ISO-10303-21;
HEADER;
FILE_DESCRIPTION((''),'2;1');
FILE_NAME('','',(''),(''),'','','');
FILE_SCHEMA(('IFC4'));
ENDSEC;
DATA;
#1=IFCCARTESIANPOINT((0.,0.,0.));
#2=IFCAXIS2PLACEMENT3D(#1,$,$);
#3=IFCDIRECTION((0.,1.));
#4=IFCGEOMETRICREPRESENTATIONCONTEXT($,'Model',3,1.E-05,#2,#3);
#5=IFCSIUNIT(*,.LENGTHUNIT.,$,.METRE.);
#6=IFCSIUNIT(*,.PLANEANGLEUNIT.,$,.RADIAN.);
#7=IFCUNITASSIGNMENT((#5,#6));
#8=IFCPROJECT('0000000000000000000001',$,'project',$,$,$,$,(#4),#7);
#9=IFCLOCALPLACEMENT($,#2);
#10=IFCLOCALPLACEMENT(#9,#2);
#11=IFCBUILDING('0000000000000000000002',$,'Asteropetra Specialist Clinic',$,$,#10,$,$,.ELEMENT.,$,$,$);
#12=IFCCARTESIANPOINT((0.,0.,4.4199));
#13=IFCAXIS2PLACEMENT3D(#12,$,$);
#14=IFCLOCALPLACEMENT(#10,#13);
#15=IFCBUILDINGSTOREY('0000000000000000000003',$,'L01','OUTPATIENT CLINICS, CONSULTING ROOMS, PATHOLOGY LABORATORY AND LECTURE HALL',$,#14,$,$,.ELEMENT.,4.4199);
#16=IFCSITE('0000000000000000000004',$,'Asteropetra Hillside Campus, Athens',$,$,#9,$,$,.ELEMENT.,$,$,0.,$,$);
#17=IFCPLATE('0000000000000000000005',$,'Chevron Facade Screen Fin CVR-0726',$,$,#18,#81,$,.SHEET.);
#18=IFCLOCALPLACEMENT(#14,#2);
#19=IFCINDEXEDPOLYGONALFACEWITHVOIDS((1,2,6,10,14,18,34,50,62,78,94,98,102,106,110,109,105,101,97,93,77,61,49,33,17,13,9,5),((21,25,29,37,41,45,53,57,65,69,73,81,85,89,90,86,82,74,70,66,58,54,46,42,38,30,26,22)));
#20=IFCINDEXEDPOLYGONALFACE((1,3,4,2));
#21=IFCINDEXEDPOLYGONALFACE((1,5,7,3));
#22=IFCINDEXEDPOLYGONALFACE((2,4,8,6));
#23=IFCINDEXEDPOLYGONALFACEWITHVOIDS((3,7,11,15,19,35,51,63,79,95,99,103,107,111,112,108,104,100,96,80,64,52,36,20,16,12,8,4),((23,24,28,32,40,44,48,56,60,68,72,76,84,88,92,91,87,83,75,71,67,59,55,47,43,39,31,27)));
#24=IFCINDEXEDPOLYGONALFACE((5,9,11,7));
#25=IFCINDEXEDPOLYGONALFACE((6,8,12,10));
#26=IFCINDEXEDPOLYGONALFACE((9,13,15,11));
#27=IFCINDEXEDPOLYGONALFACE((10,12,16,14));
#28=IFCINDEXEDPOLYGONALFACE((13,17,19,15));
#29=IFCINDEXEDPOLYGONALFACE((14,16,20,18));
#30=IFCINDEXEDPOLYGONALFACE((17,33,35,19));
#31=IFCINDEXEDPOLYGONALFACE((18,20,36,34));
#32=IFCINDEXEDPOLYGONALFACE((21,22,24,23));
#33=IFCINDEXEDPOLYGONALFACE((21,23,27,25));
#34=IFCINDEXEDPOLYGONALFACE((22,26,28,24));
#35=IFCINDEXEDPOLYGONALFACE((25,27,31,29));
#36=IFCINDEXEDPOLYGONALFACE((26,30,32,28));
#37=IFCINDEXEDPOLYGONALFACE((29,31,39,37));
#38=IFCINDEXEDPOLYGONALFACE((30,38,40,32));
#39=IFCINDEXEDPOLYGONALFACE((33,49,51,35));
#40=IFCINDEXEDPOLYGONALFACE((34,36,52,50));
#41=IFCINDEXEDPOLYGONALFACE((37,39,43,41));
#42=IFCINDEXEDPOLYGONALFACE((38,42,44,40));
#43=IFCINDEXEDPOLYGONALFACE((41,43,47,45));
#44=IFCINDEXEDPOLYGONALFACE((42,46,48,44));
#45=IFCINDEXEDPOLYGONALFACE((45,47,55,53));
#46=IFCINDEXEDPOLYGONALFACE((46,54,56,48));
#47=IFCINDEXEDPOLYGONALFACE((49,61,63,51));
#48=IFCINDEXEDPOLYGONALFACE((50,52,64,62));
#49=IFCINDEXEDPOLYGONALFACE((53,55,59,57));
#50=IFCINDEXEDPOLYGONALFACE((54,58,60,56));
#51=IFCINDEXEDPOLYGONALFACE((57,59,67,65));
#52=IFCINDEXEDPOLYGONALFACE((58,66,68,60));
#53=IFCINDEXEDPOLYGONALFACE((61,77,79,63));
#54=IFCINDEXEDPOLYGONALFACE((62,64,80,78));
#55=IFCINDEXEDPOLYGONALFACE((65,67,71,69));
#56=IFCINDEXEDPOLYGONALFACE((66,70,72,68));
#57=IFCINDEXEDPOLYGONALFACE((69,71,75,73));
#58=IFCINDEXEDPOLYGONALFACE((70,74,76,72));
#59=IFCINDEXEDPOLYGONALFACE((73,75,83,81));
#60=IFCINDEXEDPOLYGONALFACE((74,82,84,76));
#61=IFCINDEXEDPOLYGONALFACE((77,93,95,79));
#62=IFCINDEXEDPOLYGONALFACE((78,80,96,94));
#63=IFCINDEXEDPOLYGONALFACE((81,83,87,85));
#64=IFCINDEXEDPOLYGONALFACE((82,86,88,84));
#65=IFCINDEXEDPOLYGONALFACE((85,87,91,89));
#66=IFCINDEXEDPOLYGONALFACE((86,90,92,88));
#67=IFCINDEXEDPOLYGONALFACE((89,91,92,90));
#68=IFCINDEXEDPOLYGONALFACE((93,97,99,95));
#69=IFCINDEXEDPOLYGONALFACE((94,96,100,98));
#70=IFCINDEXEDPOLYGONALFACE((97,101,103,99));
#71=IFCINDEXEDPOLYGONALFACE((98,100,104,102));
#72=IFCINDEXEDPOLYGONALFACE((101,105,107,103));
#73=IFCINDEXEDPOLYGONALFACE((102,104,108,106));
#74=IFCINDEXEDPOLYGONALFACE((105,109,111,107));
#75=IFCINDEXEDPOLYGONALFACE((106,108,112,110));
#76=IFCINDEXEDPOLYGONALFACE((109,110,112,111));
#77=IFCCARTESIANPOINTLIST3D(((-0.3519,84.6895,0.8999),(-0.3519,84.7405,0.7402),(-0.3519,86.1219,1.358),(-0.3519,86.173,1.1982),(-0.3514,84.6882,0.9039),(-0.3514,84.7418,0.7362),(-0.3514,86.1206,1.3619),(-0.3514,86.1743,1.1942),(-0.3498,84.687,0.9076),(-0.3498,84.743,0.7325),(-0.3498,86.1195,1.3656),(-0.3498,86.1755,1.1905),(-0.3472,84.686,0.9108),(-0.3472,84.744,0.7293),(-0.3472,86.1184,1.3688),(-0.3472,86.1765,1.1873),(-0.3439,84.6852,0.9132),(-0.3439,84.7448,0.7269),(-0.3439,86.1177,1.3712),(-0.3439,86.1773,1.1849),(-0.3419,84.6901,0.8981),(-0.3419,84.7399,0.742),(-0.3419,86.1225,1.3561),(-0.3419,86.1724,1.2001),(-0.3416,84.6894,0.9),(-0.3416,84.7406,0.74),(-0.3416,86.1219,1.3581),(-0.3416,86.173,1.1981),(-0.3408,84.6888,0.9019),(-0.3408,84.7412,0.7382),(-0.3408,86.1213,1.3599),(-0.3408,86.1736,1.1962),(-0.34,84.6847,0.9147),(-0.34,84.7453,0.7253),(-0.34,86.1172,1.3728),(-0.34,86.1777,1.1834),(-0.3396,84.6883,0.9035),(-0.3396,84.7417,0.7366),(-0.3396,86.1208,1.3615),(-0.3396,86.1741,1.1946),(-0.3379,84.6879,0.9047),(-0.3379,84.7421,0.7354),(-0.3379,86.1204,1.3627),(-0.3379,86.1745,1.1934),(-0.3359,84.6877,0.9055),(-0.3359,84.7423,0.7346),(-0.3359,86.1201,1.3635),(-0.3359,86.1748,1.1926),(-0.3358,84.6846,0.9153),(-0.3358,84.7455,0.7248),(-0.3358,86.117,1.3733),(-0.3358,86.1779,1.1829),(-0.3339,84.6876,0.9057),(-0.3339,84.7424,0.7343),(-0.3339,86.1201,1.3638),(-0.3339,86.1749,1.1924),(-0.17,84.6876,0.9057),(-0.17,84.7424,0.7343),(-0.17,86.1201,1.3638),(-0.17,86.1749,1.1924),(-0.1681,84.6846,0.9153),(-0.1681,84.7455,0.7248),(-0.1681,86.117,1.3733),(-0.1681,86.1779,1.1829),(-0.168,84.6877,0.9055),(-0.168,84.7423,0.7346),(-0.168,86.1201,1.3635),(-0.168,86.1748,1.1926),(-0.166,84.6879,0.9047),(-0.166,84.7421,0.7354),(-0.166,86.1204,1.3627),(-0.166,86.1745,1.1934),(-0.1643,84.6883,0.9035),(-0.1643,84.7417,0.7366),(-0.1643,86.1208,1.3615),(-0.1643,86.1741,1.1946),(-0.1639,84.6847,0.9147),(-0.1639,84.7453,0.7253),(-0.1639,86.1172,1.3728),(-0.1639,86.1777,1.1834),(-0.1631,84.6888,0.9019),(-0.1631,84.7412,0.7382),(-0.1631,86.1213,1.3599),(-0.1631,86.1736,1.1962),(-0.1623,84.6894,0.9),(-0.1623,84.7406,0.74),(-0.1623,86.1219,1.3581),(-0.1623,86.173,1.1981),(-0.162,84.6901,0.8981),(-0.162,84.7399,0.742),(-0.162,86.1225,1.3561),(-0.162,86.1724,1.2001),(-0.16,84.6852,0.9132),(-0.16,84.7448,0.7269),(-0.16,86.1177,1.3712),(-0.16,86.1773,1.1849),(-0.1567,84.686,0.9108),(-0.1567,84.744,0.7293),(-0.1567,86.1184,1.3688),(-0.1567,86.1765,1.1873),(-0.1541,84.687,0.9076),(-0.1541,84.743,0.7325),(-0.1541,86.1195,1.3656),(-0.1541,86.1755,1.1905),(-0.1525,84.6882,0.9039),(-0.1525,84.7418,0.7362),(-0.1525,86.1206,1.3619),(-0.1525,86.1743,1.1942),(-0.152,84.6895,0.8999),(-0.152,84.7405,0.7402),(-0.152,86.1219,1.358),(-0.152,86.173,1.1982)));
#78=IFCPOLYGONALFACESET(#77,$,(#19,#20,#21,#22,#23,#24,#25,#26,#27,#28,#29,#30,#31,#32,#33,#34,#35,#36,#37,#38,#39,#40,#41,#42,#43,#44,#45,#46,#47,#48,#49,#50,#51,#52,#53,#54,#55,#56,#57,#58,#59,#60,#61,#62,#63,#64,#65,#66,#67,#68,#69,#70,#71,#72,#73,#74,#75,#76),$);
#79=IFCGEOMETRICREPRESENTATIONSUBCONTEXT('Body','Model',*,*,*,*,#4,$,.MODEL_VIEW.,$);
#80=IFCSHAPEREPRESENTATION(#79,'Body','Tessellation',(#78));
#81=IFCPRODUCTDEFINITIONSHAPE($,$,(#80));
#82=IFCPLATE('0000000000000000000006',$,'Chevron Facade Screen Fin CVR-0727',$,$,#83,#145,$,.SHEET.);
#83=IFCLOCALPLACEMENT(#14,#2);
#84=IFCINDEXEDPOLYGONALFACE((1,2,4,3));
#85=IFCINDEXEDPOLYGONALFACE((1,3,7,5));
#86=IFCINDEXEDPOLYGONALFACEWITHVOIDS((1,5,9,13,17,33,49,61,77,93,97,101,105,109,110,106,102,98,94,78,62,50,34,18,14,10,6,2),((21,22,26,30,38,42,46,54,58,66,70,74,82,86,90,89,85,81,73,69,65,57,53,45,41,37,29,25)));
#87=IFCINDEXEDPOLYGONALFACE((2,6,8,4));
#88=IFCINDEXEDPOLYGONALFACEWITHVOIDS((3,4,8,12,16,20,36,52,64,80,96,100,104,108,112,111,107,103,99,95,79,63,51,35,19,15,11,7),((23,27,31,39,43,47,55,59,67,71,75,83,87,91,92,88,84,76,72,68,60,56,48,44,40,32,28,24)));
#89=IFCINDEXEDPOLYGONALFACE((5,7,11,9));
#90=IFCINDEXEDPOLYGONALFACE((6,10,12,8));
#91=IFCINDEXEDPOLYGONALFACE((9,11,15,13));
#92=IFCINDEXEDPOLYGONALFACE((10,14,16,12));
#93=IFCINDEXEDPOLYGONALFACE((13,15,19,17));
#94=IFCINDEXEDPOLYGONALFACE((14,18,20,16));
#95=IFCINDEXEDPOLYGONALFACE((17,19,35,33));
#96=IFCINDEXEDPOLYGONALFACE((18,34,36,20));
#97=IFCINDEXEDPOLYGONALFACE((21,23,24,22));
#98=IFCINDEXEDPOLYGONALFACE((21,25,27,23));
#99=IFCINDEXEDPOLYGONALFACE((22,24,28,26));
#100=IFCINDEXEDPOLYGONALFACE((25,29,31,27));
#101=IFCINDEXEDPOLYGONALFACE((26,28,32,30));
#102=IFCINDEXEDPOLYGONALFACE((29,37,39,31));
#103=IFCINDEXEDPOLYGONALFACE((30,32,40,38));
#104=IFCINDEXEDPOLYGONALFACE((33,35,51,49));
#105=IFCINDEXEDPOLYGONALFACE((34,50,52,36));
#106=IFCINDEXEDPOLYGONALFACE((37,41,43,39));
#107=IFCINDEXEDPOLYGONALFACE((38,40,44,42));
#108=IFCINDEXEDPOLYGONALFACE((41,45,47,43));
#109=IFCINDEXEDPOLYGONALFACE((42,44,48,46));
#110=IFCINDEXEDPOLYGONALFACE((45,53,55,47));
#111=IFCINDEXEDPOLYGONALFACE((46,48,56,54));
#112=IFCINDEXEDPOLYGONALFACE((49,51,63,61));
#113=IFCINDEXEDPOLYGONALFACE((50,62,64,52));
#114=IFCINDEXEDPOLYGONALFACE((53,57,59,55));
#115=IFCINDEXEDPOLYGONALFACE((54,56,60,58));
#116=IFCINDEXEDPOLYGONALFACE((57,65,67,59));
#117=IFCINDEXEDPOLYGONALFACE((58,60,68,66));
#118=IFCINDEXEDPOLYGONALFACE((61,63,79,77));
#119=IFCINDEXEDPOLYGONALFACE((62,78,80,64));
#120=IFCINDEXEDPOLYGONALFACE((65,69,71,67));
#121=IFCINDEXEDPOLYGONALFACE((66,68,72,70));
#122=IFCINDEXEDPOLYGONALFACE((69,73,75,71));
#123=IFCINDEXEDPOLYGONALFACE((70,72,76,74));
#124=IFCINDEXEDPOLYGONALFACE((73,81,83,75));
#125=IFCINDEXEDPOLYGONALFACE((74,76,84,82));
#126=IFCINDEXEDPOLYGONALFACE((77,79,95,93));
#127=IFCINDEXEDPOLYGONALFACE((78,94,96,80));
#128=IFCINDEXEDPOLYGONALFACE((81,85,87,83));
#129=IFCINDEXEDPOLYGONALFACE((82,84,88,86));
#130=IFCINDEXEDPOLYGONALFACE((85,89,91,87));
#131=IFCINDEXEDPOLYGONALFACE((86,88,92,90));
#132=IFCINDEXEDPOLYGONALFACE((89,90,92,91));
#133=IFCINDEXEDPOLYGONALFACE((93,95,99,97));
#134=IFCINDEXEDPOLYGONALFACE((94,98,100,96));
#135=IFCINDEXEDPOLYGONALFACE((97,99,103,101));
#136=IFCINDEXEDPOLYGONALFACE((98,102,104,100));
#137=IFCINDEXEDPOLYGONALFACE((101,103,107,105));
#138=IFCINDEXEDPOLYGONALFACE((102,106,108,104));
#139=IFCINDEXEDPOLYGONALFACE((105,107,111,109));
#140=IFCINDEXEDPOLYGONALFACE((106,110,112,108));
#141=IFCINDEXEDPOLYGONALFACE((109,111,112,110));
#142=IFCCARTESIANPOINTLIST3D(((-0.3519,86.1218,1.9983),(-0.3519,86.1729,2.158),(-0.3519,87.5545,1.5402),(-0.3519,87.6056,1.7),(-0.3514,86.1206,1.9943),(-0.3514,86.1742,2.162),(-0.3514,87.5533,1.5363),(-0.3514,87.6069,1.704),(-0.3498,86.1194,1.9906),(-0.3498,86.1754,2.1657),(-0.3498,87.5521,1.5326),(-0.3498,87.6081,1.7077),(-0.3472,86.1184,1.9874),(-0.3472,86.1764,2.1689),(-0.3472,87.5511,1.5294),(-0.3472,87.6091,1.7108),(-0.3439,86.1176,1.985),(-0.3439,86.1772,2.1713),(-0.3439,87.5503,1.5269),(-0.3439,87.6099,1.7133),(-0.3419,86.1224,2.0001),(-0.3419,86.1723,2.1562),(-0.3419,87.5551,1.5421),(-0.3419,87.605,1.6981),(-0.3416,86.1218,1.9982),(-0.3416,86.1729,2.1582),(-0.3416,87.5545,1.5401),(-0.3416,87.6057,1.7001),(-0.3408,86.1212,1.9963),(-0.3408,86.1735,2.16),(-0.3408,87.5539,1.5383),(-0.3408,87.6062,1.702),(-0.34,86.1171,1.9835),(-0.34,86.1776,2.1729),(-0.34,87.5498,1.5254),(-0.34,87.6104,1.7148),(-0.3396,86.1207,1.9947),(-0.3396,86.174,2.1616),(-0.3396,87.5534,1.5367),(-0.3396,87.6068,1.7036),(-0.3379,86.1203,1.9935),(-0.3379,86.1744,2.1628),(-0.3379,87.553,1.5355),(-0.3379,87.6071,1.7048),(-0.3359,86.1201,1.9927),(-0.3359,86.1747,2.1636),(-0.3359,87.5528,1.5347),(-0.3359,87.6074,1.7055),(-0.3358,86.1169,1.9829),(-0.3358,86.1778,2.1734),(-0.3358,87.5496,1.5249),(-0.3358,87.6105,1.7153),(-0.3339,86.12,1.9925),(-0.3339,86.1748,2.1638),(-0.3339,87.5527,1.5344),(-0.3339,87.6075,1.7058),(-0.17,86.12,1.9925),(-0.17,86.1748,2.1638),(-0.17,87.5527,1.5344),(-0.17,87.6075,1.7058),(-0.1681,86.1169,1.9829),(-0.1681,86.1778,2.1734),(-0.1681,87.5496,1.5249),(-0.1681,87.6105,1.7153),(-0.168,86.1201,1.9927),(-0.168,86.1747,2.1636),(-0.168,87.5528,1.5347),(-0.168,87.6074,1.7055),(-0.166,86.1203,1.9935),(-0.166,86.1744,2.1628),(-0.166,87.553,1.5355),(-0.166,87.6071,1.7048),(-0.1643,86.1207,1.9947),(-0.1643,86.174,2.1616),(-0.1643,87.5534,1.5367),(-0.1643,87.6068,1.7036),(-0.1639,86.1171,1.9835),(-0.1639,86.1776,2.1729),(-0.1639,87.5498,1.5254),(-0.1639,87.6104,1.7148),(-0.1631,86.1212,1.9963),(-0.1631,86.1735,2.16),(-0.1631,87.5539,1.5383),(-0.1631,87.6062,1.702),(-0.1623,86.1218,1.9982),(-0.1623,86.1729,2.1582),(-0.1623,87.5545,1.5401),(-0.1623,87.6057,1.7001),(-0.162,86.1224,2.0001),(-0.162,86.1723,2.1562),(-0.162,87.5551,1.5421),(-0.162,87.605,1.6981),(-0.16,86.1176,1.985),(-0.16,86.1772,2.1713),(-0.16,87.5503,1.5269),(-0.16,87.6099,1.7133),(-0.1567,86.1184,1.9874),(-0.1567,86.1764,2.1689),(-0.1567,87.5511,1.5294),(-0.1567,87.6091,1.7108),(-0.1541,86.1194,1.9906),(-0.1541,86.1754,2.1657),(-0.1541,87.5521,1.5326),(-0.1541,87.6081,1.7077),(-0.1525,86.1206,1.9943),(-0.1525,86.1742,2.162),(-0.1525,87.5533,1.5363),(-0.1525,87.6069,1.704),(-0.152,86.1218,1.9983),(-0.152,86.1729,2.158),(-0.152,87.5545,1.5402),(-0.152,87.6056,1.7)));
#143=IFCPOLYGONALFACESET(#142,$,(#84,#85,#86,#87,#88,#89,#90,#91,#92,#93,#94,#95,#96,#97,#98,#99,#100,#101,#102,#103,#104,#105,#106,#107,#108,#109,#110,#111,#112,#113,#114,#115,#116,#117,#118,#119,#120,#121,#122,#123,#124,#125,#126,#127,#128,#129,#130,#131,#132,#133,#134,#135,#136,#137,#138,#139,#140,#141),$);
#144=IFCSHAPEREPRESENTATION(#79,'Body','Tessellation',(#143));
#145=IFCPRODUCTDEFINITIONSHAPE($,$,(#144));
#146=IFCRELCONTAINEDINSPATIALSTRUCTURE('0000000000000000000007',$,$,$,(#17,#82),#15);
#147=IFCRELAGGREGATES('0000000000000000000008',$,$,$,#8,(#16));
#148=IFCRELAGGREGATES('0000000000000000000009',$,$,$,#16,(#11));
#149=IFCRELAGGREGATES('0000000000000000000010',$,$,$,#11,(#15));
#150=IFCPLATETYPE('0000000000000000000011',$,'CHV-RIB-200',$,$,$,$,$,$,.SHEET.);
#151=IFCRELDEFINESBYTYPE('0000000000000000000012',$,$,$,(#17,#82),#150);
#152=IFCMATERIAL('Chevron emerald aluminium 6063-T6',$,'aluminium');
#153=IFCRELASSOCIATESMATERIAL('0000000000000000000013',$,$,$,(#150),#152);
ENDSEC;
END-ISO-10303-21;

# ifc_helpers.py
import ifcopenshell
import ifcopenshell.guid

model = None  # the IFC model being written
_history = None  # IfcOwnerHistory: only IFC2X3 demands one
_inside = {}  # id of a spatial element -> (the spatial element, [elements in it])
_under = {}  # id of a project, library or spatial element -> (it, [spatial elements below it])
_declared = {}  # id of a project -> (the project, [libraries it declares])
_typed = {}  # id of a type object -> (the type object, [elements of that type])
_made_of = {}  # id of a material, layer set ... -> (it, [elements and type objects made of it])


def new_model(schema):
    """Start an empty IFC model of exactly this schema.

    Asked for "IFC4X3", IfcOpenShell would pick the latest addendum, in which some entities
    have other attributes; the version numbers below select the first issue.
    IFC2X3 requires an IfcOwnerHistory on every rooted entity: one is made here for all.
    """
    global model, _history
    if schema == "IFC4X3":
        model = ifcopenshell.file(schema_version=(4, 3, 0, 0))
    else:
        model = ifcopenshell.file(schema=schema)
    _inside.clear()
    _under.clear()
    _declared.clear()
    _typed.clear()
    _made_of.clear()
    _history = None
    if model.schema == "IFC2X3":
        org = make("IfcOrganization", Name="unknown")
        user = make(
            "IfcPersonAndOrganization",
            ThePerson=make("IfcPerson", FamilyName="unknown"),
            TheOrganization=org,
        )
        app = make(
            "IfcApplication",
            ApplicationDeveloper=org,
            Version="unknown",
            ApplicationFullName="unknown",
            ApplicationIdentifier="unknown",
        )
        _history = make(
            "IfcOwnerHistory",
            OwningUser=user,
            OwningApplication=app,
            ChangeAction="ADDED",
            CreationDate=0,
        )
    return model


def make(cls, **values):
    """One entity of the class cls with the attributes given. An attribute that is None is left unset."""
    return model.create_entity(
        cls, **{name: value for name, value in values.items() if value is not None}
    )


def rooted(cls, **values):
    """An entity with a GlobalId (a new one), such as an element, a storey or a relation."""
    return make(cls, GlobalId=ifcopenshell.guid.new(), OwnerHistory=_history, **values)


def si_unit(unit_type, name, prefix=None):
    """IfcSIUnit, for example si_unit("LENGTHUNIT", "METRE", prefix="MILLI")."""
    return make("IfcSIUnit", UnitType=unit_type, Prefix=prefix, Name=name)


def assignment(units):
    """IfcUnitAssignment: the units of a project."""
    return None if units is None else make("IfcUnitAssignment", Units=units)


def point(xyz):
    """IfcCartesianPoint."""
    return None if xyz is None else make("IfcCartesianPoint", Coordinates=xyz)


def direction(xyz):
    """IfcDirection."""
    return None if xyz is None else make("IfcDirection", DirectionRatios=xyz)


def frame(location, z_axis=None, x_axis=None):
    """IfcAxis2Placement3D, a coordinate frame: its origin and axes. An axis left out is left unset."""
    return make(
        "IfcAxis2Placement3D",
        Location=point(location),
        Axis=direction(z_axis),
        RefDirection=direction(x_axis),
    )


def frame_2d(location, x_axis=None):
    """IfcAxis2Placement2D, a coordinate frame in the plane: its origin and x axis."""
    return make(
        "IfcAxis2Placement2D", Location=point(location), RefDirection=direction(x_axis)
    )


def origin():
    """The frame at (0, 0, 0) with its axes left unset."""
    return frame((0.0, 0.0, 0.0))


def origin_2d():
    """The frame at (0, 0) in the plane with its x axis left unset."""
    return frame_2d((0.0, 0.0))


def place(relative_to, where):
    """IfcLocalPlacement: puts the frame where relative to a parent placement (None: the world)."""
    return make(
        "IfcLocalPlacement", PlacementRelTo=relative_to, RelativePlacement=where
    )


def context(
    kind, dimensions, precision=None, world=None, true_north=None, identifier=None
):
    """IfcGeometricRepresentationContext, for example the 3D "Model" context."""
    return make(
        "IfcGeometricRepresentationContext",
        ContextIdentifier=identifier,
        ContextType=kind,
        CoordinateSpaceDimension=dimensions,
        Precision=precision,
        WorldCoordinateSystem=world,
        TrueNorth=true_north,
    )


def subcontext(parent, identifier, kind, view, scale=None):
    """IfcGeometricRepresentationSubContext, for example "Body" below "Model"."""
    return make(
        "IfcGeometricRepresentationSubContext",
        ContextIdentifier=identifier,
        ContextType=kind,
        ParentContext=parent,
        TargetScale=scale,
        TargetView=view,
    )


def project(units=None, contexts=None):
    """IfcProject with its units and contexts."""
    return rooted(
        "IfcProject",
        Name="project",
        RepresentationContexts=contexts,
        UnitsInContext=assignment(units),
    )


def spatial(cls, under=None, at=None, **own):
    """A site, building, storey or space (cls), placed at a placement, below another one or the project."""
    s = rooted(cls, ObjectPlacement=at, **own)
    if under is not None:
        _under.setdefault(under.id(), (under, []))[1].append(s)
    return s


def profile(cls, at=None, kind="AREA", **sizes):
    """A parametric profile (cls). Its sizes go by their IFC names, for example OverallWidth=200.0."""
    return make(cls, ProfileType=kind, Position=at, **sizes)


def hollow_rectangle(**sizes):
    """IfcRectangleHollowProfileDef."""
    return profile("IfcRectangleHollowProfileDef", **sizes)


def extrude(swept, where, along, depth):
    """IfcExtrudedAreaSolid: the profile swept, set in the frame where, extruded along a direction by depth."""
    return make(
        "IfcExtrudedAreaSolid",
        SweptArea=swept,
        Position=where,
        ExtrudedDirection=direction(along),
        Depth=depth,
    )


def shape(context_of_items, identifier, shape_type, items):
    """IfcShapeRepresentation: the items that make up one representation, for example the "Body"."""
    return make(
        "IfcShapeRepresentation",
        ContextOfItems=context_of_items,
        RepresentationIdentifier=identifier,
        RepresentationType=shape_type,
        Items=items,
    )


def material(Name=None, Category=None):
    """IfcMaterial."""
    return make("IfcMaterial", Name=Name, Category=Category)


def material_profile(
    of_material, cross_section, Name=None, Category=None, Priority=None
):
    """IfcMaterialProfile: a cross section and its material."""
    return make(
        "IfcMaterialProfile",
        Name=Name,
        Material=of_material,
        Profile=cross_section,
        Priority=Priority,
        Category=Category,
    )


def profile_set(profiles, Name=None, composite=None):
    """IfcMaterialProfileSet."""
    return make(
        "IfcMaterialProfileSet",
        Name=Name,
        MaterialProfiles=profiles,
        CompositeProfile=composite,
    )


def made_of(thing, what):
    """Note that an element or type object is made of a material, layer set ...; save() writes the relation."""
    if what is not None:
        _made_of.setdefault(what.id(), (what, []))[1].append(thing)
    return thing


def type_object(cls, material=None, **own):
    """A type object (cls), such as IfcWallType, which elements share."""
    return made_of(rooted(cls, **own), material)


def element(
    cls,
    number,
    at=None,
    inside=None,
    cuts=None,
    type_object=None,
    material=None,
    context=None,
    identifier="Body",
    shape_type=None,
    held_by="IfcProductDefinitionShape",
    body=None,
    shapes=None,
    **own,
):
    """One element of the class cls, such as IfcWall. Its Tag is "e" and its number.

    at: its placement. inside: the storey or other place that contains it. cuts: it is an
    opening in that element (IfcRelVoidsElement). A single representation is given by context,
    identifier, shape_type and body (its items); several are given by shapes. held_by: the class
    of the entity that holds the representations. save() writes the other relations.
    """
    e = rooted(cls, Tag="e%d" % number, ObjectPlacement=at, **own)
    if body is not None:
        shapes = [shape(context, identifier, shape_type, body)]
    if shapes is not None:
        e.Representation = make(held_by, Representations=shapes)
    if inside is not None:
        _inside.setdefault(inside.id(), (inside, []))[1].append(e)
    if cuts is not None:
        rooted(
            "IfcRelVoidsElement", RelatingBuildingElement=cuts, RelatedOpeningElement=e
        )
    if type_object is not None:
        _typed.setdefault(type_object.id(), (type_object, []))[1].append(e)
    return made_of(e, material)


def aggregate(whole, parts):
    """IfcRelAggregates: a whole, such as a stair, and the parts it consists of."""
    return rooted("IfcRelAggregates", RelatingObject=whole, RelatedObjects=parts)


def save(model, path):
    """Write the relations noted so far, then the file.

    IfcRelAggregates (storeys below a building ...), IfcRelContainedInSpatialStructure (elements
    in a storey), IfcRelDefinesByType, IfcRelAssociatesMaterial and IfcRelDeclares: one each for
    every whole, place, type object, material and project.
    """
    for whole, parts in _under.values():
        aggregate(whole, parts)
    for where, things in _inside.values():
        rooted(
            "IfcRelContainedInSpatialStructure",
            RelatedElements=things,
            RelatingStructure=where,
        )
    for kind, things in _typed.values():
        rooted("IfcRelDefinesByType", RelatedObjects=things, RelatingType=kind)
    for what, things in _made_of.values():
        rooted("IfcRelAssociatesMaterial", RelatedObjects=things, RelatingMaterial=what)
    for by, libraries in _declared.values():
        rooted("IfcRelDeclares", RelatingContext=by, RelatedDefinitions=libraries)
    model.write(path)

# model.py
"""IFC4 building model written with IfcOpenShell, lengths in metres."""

from ifc_helpers import new_model, si_unit, direction, frame, origin, origin_2d, place, context, subcontext, project, spatial, hollow_rectangle, extrude, material, material_profile, profile_set, type_object, element, save


model = new_model("IFC4")

# Units and contexts
model_context = context("Model", 3, precision=1e-05, world=origin(), true_north=direction((0.0, 1.0)))
body_context = subcontext(model_context, "Body", "Model", "MODEL_VIEW")
ifc_project = project(units=[si_unit("LENGTHUNIT", "METRE"), si_unit("PLANEANGLEUNIT", "RADIAN")], contexts=[model_context])

# Site, building, storey
site_placement = place(None, origin())
site = spatial("IfcSite", under=ifc_project, at=site_placement, Name="Asteropetra Hillside Campus, Athens", CompositionType="ELEMENT", RefElevation=0.0)
building_placement = place(site_placement, origin())
building = spatial("IfcBuilding", under=site, at=building_placement, Name="Asteropetra Specialist Clinic", CompositionType="ELEMENT")
storey_placement = place(building_placement, frame((0.0, 0.0, 4.4199)))
storey = spatial("IfcBuildingStorey", under=building, at=storey_placement, Name="L01", Description="OUTPATIENT CLINICS, CONSULTING ROOMS, PATHOLOGY LABORATORY AND LECTURE HALL", CompositionType="ELEMENT", Elevation=4.4199)

# Plates
ifc_material_1 = material(Name="Chevron emerald aluminium 6063-T6", Category="aluminium")
ifc_material_profile = material_profile(ifc_material_1, hollow_rectangle(XDim=0.2, YDim=0.2, WallThickness=0.01, InnerFilletRadius=0.0081, OuterFilletRadius=0.0161, at=origin_2d()), Name="SHS 200x200x10.0")
ifc_profile_set = profile_set([ifc_material_profile], Name="Chevron emerald aluminium 6063-T6")
plate_type_1 = type_object("IfcPlateType", Name="CHV-RIB-200", PredefinedType="SHEET", material=ifc_profile_set)
plate_1_placement = place(storey_placement, frame((-0.252, 86.1475, 1.2781), z_axis=(0.0, -0.952492, -0.304564), x_axis=(1.0, 0.0, 0.0)))
element("IfcPlate", 1, at=plate_1_placement, inside=storey, type_object=plate_type_1, Name="Chevron Facade Screen Fin CVR-0726", PredefinedType="SHEET", context=body_context, shape_type="SweptSolid", body=[
    extrude(hollow_rectangle(XDim=0.2, YDim=0.2, WallThickness=0.01, InnerFilletRadius=0.0081, OuterFilletRadius=0.0161, at=origin_2d()), origin(), (0.0, 0.0, 1.0), 1.5039),
])
plate_2_placement = place(storey_placement, frame((-0.252, 87.5801, 1.6201), z_axis=(0.0, -0.952507, 0.304517), x_axis=(1.0, 0.0, 0.0)))
element("IfcPlate", 2, at=plate_2_placement, inside=storey, type_object=plate_type_1, Name="Chevron Facade Screen Fin CVR-0727", PredefinedType="SHEET", context=body_context, shape_type="SweptSolid", body=[
    extrude(hollow_rectangle(XDim=0.2, YDim=0.2, WallThickness=0.01, InnerFilletRadius=0.0081, OuterFilletRadius=0.0161, at=origin_2d()), origin(), (0.0, 0.0, 1.0), 1.5042),
])

save(model, "model.ifc")
